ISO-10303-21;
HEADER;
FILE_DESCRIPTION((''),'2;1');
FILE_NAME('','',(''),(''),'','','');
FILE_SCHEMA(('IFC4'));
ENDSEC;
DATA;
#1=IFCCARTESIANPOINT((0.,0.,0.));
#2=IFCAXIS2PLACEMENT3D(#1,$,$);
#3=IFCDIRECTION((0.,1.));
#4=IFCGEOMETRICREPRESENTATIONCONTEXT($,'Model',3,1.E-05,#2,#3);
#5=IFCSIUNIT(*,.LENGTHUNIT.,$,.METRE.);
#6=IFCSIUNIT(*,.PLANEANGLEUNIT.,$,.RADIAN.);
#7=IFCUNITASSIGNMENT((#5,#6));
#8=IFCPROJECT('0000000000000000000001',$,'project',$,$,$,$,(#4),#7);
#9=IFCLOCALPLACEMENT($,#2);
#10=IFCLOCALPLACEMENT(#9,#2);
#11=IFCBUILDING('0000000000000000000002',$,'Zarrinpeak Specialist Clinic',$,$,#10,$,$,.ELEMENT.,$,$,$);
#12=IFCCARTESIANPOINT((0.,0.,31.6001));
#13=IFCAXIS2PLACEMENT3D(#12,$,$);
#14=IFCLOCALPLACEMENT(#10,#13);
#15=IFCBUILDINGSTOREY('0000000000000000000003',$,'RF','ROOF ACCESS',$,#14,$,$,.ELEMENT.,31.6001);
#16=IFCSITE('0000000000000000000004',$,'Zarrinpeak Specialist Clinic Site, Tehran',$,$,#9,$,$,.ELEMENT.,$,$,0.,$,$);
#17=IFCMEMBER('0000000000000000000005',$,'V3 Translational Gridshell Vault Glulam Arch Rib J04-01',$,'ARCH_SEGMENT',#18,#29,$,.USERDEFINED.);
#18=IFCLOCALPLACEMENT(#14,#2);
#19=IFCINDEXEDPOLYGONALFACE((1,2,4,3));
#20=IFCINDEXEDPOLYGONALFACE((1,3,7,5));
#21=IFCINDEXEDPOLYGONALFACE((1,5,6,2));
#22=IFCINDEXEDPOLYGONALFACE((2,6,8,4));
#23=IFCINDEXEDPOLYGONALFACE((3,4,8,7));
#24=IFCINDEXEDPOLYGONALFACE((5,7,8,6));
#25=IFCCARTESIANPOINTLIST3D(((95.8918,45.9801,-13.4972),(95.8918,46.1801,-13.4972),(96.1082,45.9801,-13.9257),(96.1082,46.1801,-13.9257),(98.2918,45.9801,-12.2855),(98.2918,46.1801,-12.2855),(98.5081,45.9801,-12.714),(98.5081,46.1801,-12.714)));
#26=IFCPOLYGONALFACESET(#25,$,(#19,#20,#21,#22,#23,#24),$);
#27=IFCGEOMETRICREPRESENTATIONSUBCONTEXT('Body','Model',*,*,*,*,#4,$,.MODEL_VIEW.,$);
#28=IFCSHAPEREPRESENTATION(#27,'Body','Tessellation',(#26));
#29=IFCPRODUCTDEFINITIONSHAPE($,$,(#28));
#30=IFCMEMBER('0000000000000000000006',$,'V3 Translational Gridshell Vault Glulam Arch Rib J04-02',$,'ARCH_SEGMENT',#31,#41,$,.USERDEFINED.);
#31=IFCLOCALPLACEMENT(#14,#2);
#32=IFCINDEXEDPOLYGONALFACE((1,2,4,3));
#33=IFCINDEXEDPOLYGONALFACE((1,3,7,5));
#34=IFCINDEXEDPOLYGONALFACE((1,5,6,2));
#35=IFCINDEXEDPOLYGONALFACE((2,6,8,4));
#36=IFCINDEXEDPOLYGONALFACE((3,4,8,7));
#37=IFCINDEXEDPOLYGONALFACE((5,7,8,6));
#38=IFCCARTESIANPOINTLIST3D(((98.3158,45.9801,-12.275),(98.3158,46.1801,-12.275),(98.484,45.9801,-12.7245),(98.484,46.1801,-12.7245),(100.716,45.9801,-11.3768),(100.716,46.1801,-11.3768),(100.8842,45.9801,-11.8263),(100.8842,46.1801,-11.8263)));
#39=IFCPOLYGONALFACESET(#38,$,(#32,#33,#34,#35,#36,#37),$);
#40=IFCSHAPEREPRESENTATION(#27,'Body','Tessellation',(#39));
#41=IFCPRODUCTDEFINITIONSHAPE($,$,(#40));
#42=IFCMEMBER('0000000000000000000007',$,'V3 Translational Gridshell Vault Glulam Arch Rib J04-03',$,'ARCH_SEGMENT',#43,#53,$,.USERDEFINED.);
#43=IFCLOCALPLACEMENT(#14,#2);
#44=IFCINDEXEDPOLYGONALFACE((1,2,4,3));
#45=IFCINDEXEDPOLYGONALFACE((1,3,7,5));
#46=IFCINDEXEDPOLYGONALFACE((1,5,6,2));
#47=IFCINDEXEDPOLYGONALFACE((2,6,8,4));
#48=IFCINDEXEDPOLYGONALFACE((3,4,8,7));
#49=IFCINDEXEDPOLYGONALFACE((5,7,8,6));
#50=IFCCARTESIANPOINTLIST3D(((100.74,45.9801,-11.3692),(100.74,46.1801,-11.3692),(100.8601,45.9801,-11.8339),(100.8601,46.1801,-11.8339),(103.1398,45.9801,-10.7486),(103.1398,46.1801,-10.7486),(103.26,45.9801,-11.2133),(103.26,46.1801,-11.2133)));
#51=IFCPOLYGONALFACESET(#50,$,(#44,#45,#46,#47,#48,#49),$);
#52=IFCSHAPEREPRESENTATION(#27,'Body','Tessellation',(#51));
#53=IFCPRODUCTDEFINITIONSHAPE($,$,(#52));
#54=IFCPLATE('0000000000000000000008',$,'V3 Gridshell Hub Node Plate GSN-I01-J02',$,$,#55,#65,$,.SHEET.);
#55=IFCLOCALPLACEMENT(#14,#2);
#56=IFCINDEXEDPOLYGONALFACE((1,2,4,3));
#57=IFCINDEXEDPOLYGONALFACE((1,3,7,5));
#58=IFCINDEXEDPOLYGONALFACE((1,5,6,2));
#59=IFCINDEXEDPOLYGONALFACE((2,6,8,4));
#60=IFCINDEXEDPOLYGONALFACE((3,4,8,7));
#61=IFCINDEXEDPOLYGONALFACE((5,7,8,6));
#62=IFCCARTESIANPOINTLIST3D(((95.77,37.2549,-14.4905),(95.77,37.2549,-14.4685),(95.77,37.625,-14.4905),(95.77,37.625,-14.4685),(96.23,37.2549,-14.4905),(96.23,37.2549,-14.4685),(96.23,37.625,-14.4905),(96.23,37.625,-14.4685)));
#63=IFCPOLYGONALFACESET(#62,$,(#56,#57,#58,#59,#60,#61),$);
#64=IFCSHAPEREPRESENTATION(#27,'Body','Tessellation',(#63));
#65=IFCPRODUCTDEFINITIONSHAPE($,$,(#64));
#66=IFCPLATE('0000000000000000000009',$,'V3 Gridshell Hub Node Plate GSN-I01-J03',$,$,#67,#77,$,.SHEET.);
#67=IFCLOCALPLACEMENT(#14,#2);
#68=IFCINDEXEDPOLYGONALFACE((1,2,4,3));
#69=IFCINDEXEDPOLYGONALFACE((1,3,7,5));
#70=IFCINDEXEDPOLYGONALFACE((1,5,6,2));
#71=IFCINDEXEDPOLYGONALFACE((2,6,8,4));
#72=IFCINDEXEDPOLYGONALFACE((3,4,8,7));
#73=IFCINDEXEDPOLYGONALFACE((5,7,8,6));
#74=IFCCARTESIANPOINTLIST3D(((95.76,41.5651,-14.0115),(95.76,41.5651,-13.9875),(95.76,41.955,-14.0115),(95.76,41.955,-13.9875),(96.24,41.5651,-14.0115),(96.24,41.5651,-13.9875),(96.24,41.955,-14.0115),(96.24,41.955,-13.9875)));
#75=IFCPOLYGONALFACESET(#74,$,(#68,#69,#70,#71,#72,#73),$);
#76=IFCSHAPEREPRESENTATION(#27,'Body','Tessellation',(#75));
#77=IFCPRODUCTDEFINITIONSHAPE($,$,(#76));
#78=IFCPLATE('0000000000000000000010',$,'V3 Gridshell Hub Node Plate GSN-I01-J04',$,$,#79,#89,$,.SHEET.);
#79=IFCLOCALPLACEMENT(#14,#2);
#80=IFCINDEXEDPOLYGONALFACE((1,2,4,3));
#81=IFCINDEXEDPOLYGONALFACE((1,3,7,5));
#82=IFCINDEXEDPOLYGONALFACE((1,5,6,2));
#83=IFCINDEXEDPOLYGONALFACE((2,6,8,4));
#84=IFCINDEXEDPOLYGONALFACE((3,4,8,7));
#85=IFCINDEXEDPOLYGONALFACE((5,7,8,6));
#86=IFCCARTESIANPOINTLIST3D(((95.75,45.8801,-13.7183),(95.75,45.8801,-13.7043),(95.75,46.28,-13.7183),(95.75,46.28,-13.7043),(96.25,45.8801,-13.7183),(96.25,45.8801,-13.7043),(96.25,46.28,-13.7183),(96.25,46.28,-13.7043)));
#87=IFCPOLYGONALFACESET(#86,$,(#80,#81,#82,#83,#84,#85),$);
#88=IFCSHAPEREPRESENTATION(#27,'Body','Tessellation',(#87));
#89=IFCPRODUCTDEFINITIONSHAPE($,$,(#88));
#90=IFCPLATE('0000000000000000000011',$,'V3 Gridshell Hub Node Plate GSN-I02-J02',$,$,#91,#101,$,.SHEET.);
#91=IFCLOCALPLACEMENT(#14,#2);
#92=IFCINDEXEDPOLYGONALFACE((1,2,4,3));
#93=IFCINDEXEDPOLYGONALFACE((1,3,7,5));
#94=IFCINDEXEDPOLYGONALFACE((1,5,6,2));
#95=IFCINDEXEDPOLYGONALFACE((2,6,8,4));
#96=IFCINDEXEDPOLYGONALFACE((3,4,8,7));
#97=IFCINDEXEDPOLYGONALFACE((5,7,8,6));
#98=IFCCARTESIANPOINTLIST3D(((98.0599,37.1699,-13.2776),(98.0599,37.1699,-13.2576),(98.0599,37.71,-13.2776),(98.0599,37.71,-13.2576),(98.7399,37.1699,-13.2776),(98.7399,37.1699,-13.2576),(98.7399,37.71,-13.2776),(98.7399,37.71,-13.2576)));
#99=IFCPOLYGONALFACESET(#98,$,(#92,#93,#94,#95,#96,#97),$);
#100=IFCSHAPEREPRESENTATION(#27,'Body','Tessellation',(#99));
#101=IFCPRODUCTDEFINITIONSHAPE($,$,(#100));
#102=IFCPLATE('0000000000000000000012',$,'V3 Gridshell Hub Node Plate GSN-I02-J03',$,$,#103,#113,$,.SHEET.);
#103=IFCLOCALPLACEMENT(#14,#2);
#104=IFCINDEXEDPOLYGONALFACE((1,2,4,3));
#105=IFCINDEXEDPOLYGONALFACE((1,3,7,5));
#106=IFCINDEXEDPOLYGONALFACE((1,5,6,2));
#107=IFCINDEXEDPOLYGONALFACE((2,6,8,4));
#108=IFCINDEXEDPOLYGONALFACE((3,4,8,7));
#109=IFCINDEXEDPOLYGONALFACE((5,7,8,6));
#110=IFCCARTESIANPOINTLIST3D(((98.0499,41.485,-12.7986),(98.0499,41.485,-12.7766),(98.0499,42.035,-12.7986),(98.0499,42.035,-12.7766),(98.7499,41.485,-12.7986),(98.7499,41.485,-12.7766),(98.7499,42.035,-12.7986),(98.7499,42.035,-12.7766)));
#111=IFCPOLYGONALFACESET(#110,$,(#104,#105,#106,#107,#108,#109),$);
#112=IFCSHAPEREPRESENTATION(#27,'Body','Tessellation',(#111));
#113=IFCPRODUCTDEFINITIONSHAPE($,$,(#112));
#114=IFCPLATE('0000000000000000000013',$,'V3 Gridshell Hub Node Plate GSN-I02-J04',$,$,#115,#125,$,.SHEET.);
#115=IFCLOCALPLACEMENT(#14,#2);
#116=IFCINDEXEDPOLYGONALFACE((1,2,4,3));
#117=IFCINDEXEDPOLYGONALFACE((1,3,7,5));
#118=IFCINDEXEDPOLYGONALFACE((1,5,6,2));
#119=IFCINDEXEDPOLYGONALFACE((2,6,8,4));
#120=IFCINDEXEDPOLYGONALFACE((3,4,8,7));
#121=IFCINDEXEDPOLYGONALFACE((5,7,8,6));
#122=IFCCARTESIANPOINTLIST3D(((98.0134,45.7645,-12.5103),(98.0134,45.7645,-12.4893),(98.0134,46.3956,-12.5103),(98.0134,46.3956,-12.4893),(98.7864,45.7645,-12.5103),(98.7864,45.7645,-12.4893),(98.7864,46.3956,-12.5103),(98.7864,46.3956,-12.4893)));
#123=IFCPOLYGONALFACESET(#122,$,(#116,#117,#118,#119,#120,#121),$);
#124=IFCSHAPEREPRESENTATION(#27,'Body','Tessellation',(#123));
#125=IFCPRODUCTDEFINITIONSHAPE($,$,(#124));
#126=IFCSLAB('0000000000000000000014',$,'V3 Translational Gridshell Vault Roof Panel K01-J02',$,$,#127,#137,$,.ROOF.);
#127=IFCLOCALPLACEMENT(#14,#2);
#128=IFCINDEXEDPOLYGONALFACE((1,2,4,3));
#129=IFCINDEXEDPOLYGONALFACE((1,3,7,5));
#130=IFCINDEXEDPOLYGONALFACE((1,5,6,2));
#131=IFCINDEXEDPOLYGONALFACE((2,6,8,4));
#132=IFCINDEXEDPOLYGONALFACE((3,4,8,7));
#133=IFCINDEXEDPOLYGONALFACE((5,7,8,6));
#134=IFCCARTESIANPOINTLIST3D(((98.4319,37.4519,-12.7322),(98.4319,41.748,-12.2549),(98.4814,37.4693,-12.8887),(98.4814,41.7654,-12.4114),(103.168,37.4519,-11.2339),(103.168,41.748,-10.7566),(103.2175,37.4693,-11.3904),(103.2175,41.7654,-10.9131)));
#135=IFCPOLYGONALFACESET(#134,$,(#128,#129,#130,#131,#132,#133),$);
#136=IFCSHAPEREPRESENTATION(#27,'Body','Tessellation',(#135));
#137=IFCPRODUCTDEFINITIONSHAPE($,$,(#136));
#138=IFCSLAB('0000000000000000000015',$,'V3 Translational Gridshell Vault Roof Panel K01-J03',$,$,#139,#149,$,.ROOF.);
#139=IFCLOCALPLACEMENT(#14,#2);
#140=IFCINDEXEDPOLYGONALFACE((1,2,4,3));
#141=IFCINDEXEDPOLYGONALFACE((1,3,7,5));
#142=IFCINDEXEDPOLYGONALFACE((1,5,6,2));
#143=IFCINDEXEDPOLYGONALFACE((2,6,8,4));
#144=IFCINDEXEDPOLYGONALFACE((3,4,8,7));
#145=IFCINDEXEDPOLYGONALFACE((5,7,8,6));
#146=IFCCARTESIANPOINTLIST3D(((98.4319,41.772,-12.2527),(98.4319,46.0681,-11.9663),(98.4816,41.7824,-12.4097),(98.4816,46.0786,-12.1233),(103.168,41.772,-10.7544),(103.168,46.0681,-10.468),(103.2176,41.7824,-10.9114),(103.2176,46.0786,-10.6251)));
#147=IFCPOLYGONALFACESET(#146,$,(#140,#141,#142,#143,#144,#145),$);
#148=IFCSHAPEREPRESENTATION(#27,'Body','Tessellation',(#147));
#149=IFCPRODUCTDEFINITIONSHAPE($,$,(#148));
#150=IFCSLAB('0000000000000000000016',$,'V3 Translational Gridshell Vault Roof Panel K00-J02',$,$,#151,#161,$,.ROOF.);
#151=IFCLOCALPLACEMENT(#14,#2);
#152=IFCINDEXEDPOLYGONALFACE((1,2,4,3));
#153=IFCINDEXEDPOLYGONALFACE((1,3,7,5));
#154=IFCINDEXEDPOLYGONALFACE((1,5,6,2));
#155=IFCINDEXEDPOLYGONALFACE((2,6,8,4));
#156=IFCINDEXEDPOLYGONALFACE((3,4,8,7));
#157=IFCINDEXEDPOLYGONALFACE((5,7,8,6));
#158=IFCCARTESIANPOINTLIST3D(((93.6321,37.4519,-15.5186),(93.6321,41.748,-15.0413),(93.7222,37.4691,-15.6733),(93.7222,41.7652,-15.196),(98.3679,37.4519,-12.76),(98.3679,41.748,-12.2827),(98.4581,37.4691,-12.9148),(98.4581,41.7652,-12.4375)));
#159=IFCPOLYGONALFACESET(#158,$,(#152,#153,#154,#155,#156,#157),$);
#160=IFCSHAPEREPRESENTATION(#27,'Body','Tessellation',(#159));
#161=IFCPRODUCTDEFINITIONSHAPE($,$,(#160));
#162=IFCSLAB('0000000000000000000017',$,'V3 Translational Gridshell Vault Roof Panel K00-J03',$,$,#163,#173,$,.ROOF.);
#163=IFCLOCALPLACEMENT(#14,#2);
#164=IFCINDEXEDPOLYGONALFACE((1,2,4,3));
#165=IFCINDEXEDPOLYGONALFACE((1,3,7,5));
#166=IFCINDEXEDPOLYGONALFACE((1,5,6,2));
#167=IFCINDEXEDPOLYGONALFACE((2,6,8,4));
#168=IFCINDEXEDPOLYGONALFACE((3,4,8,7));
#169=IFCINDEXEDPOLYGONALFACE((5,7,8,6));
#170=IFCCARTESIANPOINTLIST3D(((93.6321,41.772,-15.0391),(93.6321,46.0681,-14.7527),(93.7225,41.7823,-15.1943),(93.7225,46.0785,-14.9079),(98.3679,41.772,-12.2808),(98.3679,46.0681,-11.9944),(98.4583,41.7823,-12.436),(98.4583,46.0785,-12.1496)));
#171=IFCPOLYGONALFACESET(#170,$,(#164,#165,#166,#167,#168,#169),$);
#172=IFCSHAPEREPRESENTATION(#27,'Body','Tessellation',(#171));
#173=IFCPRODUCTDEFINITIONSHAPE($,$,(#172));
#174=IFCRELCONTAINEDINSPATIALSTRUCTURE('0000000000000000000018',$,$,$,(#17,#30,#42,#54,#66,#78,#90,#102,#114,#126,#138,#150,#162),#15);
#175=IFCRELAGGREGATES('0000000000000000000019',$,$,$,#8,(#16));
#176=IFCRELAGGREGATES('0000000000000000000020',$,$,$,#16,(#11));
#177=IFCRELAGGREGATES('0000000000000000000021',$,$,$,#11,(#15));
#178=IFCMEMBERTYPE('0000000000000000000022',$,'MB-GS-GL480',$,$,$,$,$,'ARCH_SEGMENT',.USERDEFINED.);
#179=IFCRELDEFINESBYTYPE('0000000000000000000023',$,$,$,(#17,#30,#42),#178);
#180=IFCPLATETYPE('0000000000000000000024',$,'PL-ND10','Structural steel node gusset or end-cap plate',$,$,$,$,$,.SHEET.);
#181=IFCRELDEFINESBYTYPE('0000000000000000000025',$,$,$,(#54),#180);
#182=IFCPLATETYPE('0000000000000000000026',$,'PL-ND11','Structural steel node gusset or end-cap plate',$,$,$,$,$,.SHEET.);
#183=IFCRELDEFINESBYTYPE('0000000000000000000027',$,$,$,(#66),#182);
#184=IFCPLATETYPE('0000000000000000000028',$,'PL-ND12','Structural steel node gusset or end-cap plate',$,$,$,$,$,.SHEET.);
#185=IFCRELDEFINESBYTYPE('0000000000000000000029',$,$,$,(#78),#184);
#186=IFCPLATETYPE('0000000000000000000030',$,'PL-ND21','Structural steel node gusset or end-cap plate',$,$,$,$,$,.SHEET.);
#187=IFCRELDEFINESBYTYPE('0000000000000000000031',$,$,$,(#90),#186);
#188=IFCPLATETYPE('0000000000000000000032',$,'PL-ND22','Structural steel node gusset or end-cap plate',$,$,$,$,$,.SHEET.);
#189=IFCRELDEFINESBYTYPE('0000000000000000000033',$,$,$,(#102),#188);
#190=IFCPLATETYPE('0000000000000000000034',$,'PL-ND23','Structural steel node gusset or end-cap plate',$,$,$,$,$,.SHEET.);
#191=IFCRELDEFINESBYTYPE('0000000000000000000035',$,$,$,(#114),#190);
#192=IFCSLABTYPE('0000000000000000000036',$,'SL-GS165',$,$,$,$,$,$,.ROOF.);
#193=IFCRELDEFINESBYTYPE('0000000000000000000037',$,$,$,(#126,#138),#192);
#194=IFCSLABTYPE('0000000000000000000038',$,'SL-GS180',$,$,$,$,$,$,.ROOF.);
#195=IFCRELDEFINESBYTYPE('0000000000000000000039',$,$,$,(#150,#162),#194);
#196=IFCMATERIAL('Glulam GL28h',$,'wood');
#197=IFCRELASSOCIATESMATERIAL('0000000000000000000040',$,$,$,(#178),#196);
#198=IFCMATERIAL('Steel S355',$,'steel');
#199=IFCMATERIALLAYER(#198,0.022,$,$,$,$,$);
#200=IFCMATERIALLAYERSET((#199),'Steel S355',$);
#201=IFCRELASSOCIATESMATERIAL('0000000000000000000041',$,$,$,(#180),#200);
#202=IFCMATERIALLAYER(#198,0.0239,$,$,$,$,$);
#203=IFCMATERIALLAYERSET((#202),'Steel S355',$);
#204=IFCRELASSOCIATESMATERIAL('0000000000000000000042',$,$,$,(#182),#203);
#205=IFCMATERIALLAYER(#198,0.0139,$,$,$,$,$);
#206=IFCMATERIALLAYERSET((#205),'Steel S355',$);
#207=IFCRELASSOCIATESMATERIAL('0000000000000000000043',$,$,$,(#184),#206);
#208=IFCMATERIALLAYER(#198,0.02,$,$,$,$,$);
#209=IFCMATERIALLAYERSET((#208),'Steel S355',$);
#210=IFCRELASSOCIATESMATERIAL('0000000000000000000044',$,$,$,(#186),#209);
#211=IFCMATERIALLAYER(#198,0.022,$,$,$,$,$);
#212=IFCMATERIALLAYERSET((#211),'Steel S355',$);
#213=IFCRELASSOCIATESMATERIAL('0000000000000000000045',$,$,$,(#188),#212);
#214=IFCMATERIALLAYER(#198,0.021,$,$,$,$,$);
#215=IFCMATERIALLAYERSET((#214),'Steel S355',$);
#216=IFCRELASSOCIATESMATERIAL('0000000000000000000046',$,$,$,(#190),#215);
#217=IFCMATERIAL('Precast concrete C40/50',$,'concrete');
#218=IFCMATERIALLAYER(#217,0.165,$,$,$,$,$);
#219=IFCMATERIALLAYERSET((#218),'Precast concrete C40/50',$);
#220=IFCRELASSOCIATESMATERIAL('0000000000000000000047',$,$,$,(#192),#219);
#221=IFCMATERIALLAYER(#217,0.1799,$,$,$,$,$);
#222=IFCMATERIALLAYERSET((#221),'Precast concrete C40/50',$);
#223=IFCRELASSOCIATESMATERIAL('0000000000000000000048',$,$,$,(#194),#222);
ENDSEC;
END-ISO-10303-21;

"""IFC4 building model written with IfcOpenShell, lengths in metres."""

from ifc_helpers import new_model, si_unit, direction, frame, origin, origin_2d, place, context, subcontext, project, spatial, polyline, rectangle, outline, extrude, material, layer, layer_set, material_profile, profile_set, type_object, element, save


model = new_model("IFC4")

# Units and contexts
model_context = context("Model", 3, precision=1e-05, world=origin(), true_north=direction((0.0, 1.0)))
body_context = subcontext(model_context, "Body", "Model", "MODEL_VIEW")
ifc_project = project(units=[si_unit("LENGTHUNIT", "METRE"), si_unit("PLANEANGLEUNIT", "RADIAN")], contexts=[model_context])

# Site, building, storey
site_placement = place(None, origin())
site = spatial("IfcSite", under=ifc_project, at=site_placement, Name="Zarrinpeak Specialist Clinic Site, Tehran", CompositionType="ELEMENT", RefElevation=0.0)
building_placement = place(site_placement, origin())
building = spatial("IfcBuilding", under=site, at=building_placement, Name="Zarrinpeak Specialist Clinic", CompositionType="ELEMENT")
storey_placement = place(building_placement, frame((0.0, 0.0, 31.6001)))
storey = spatial("IfcBuildingStorey", under=building, at=storey_placement, Name="RF", Description="ROOF ACCESS", CompositionType="ELEMENT", Elevation=31.6001)

# Members
ifc_material_1 = material(Name="Steel S355", Category="steel")
ifc_material_2 = material(Name="Glulam GL28h", Category="wood")
ifc_material_profile_1 = material_profile(ifc_material_2, rectangle(XDim=0.2, YDim=0.48, at=origin_2d()), Name="GL28h 200x480")
ifc_profile_set_1 = profile_set([ifc_material_profile_1], Name="Glulam GL28h")
member_type_1 = type_object("IfcMemberType", Name="MB-GS-GL480", ElementType="ARCH_SEGMENT", PredefinedType="USERDEFINED", material=ifc_profile_set_1)
member_1_placement = place(storey_placement, frame((96.0, 46.0801, -13.7114), z_axis=(0.892677, 0.0, 0.450697), x_axis=(0.0, 1.0, 0.0)))
element("IfcMember", 1, at=member_1_placement, inside=storey, type_object=member_type_1, Name="V3 Translational Gridshell Vault Glulam Arch Rib J04-01", ObjectType="ARCH_SEGMENT", PredefinedType="USERDEFINED", context=body_context, shape_type="SweptSolid", body=[
    extrude(rectangle(XDim=0.2, YDim=0.48, at=origin_2d()), origin(), (0.0, 0.0, 1.0), 2.6885),
])
member_2_placement = place(storey_placement, frame((98.3999, 46.0801, -12.4998), z_axis=(0.936568, 0.0, 0.350487), x_axis=(0.0, 1.0, 0.0)))
element("IfcMember", 2, at=member_2_placement, inside=storey, type_object=member_type_1, Name="V3 Translational Gridshell Vault Glulam Arch Rib J04-02", ObjectType="ARCH_SEGMENT", PredefinedType="USERDEFINED", context=body_context, shape_type="SweptSolid", body=[
    extrude(rectangle(XDim=0.2, YDim=0.48, at=origin_2d()), origin(), (0.0, 0.0, 1.0), 2.5627),
])
member_3_placement = place(storey_placement, frame((100.8, 46.0801, -11.6016), z_axis=(0.968153, 0.0, 0.250361), x_axis=(0.0, 1.0, 0.0)))
element("IfcMember", 3, at=member_3_placement, inside=storey, type_object=member_type_1, Name="V3 Translational Gridshell Vault Glulam Arch Rib J04-03", ObjectType="ARCH_SEGMENT", PredefinedType="USERDEFINED", context=body_context, shape_type="SweptSolid", body=[
    extrude(rectangle(XDim=0.2, YDim=0.48, at=origin_2d()), origin(), (0.0, 0.0, 1.0), 2.4788),
])

# Plates
ifc_layer_1 = layer(ifc_material_1, 0.022)
ifc_layer_set_1 = layer_set([ifc_layer_1], Name="Steel S355")
plate_type_1 = type_object("IfcPlateType", Name="PL-ND10", Description="Structural steel node gusset or end-cap plate", PredefinedType="SHEET", material=ifc_layer_set_1)
plate_1_placement = place(storey_placement, frame((96.0, 37.4399, -14.4905), z_axis=(0.0, 0.0, 1.0), x_axis=(1.0, 0.0, 0.0)))
element("IfcPlate", 4, at=plate_1_placement, inside=storey, type_object=plate_type_1, Name="V3 Gridshell Hub Node Plate GSN-I01-J02", PredefinedType="SHEET", context=body_context, shape_type="SweptSolid", body=[
    extrude(rectangle(XDim=0.46, YDim=0.3701, at=origin_2d()), origin(), (0.0, 0.0, 1.0), 0.022),
])
ifc_layer_2 = layer(ifc_material_1, 0.0239)
ifc_layer_set_2 = layer_set([ifc_layer_2], Name="Steel S355")
plate_type_2 = type_object("IfcPlateType", Name="PL-ND11", Description="Structural steel node gusset or end-cap plate", PredefinedType="SHEET", material=ifc_layer_set_2)
plate_2_placement = place(storey_placement, frame((96.0, 41.76, -14.0115), z_axis=(0.0, 0.0, 1.0), x_axis=(1.0, 0.0, 0.0)))
element("IfcPlate", 5, at=plate_2_placement, inside=storey, type_object=plate_type_2, Name="V3 Gridshell Hub Node Plate GSN-I01-J03", PredefinedType="SHEET", context=body_context, shape_type="SweptSolid", body=[
    extrude(rectangle(XDim=0.48, YDim=0.3899, at=origin_2d()), origin(), (0.0, 0.0, 1.0), 0.0239),
])
ifc_layer_3 = layer(ifc_material_1, 0.0139)
ifc_layer_set_3 = layer_set([ifc_layer_3], Name="Steel S355")
plate_type_3 = type_object("IfcPlateType", Name="PL-ND12", Description="Structural steel node gusset or end-cap plate", PredefinedType="SHEET", material=ifc_layer_set_3)
plate_3_placement = place(storey_placement, frame((96.0, 46.0801, -13.7183), z_axis=(0.0, 0.0, 1.0), x_axis=(1.0, 0.0, 0.0)))
element("IfcPlate", 6, at=plate_3_placement, inside=storey, type_object=plate_type_3, Name="V3 Gridshell Hub Node Plate GSN-I01-J04", PredefinedType="SHEET", context=body_context, shape_type="SweptSolid", body=[
    extrude(rectangle(XDim=0.5, YDim=0.3999, at=origin_2d()), origin(), (0.0, 0.0, 1.0), 0.0139),
])
ifc_layer_4 = layer(ifc_material_1, 0.02)
ifc_layer_set_4 = layer_set([ifc_layer_4], Name="Steel S355")
plate_type_4 = type_object("IfcPlateType", Name="PL-ND21", Description="Structural steel node gusset or end-cap plate", PredefinedType="SHEET", material=ifc_layer_set_4)
plate_4_placement = place(storey_placement, frame((98.3999, 37.4399, -13.2776), z_axis=(0.0, 0.0, 1.0), x_axis=(1.0, 0.0, 0.0)))
element("IfcPlate", 7, at=plate_4_placement, inside=storey, type_object=plate_type_4, Name="V3 Gridshell Hub Node Plate GSN-I02-J02", PredefinedType="SHEET", context=body_context, shape_type="SweptSolid", body=[
    extrude(rectangle(XDim=0.6799, YDim=0.54, at=origin_2d()), origin(), (0.0, 0.0, 1.0), 0.02),
])
ifc_layer_5 = layer(ifc_material_1, 0.022)
ifc_layer_set_5 = layer_set([ifc_layer_5], Name="Steel S355")
plate_type_5 = type_object("IfcPlateType", Name="PL-ND22", Description="Structural steel node gusset or end-cap plate", PredefinedType="SHEET", material=ifc_layer_set_5)
plate_5_placement = place(storey_placement, frame((98.3999, 41.76, -12.7986), z_axis=(0.0, 0.0, 1.0), x_axis=(1.0, 0.0, 0.0)))
element("IfcPlate", 8, at=plate_5_placement, inside=storey, type_object=plate_type_5, Name="V3 Gridshell Hub Node Plate GSN-I02-J03", PredefinedType="SHEET", context=body_context, shape_type="SweptSolid", body=[
    extrude(rectangle(XDim=0.7, YDim=0.55, at=origin_2d()), origin(), (0.0, 0.0, 1.0), 0.022),
])
ifc_layer_6 = layer(ifc_material_1, 0.021)
ifc_layer_set_6 = layer_set([ifc_layer_6], Name="Steel S355")
plate_type_6 = type_object("IfcPlateType", Name="PL-ND23", Description="Structural steel node gusset or end-cap plate", PredefinedType="SHEET", material=ifc_layer_set_6)
plate_6_placement = place(storey_placement, frame((98.3999, 46.0801, -12.5103), z_axis=(0.0, 0.0, 1.0), x_axis=(1.0, 0.0, 0.0)))
element("IfcPlate", 9, at=plate_6_placement, inside=storey, type_object=plate_type_6, Name="V3 Gridshell Hub Node Plate GSN-I02-J04", PredefinedType="SHEET", context=body_context, shape_type="SweptSolid", body=[
    extrude(rectangle(XDim=0.7729, YDim=0.6311, at=origin_2d()), origin(), (0.0, 0.0, 1.0), 0.021),
])

# Slabs
ifc_material_3 = material(Name="Precast concrete C40/50", Category="concrete")
ifc_layer_7 = layer(ifc_material_3, 0.165)
ifc_layer_set_7 = layer_set([ifc_layer_7], Name="Precast concrete C40/50")
slab_type_1 = type_object("IfcSlabType", Name="SL-GS165", PredefinedType="ROOF", material=ifc_layer_set_7)
slab_1_placement = place(storey_placement, frame((98.4319, 37.4519, -12.7322), z_axis=(-0.299945, -0.105335, 0.948123), x_axis=(0.953427, 0.0, 0.301623)))
element("IfcSlab", 10, at=slab_1_placement, inside=storey, type_object=slab_type_1, Name="V3 Translational Gridshell Vault Roof Panel K01-J02", PredefinedType="ROOF", context=body_context, shape_type="SweptSolid", body=[
    extrude(outline(polyline([(0.0, 0.0), (4.9674, 0.0), (5.1114, 4.3202), (0.144, 4.3202), (0.0, 0.0)])), origin(), (0.0, 0.0, -1.0), 0.165),
])
slab_2_placement = place(storey_placement, frame((98.4319, 41.772, -12.2527), z_axis=(-0.301016, -0.063427, 0.951508), x_axis=(0.953427, 0.0, 0.301623)))
element("IfcSlab", 11, at=slab_2_placement, inside=storey, type_object=slab_type_1, Name="V3 Translational Gridshell Vault Roof Panel K01-J03", PredefinedType="ROOF", context=body_context, shape_type="SweptSolid", body=[
    extrude(outline(polyline([(0.0, 0.0), (4.9674, 0.0), (5.0538, 4.3048), (0.0864, 4.3048), (0.0, 0.0)])), origin(), (0.0, 0.0, -1.0), 0.165),
])
ifc_layer_8 = layer(ifc_material_3, 0.1799)
ifc_layer_set_8 = layer_set([ifc_layer_8], Name="Precast concrete C40/50")
slab_type_2 = type_object("IfcSlabType", Name="SL-GS180", PredefinedType="ROOF", material=ifc_layer_set_8)
slab_3_placement = place(storey_placement, frame((93.6321, 37.4519, -15.5186), z_axis=(-0.501019, -0.095561, 0.860144), x_axis=(0.864099, 0.0, 0.503323)))
element("IfcSlab", 12, at=slab_3_placement, inside=storey, type_object=slab_type_2, Name="V3 Translational Gridshell Vault Roof Panel K00-J02", PredefinedType="ROOF", context=body_context, shape_type="SweptSolid", body=[
    extrude(outline(polyline([(0.0, 0.0), (5.4807, 0.0), (5.7209, 4.3159), (0.2402, 4.3159), (0.0, 0.0)])), origin(), (0.0, 0.0, -1.0), 0.1799),
])
slab_4_placement = place(storey_placement, frame((93.6321, 41.772, -15.0391), z_axis=(-0.502456, -0.057506, 0.862688), x_axis=(0.864118, 0.0, 0.503289)))
element("IfcSlab", 13, at=slab_4_placement, inside=storey, type_object=slab_type_2, Name="V3 Translational Gridshell Vault Roof Panel K00-J03", PredefinedType="ROOF", context=body_context, shape_type="SweptSolid", body=[
    extrude(outline(polyline([(0.0, 0.0), (5.4805, 0.0), (5.6247, 4.3033), (0.1441, 4.3033), (0.0, 0.0)])), origin(), (0.0, 0.0, -1.0), 0.1799),
])

save(model, "model.ifc")
